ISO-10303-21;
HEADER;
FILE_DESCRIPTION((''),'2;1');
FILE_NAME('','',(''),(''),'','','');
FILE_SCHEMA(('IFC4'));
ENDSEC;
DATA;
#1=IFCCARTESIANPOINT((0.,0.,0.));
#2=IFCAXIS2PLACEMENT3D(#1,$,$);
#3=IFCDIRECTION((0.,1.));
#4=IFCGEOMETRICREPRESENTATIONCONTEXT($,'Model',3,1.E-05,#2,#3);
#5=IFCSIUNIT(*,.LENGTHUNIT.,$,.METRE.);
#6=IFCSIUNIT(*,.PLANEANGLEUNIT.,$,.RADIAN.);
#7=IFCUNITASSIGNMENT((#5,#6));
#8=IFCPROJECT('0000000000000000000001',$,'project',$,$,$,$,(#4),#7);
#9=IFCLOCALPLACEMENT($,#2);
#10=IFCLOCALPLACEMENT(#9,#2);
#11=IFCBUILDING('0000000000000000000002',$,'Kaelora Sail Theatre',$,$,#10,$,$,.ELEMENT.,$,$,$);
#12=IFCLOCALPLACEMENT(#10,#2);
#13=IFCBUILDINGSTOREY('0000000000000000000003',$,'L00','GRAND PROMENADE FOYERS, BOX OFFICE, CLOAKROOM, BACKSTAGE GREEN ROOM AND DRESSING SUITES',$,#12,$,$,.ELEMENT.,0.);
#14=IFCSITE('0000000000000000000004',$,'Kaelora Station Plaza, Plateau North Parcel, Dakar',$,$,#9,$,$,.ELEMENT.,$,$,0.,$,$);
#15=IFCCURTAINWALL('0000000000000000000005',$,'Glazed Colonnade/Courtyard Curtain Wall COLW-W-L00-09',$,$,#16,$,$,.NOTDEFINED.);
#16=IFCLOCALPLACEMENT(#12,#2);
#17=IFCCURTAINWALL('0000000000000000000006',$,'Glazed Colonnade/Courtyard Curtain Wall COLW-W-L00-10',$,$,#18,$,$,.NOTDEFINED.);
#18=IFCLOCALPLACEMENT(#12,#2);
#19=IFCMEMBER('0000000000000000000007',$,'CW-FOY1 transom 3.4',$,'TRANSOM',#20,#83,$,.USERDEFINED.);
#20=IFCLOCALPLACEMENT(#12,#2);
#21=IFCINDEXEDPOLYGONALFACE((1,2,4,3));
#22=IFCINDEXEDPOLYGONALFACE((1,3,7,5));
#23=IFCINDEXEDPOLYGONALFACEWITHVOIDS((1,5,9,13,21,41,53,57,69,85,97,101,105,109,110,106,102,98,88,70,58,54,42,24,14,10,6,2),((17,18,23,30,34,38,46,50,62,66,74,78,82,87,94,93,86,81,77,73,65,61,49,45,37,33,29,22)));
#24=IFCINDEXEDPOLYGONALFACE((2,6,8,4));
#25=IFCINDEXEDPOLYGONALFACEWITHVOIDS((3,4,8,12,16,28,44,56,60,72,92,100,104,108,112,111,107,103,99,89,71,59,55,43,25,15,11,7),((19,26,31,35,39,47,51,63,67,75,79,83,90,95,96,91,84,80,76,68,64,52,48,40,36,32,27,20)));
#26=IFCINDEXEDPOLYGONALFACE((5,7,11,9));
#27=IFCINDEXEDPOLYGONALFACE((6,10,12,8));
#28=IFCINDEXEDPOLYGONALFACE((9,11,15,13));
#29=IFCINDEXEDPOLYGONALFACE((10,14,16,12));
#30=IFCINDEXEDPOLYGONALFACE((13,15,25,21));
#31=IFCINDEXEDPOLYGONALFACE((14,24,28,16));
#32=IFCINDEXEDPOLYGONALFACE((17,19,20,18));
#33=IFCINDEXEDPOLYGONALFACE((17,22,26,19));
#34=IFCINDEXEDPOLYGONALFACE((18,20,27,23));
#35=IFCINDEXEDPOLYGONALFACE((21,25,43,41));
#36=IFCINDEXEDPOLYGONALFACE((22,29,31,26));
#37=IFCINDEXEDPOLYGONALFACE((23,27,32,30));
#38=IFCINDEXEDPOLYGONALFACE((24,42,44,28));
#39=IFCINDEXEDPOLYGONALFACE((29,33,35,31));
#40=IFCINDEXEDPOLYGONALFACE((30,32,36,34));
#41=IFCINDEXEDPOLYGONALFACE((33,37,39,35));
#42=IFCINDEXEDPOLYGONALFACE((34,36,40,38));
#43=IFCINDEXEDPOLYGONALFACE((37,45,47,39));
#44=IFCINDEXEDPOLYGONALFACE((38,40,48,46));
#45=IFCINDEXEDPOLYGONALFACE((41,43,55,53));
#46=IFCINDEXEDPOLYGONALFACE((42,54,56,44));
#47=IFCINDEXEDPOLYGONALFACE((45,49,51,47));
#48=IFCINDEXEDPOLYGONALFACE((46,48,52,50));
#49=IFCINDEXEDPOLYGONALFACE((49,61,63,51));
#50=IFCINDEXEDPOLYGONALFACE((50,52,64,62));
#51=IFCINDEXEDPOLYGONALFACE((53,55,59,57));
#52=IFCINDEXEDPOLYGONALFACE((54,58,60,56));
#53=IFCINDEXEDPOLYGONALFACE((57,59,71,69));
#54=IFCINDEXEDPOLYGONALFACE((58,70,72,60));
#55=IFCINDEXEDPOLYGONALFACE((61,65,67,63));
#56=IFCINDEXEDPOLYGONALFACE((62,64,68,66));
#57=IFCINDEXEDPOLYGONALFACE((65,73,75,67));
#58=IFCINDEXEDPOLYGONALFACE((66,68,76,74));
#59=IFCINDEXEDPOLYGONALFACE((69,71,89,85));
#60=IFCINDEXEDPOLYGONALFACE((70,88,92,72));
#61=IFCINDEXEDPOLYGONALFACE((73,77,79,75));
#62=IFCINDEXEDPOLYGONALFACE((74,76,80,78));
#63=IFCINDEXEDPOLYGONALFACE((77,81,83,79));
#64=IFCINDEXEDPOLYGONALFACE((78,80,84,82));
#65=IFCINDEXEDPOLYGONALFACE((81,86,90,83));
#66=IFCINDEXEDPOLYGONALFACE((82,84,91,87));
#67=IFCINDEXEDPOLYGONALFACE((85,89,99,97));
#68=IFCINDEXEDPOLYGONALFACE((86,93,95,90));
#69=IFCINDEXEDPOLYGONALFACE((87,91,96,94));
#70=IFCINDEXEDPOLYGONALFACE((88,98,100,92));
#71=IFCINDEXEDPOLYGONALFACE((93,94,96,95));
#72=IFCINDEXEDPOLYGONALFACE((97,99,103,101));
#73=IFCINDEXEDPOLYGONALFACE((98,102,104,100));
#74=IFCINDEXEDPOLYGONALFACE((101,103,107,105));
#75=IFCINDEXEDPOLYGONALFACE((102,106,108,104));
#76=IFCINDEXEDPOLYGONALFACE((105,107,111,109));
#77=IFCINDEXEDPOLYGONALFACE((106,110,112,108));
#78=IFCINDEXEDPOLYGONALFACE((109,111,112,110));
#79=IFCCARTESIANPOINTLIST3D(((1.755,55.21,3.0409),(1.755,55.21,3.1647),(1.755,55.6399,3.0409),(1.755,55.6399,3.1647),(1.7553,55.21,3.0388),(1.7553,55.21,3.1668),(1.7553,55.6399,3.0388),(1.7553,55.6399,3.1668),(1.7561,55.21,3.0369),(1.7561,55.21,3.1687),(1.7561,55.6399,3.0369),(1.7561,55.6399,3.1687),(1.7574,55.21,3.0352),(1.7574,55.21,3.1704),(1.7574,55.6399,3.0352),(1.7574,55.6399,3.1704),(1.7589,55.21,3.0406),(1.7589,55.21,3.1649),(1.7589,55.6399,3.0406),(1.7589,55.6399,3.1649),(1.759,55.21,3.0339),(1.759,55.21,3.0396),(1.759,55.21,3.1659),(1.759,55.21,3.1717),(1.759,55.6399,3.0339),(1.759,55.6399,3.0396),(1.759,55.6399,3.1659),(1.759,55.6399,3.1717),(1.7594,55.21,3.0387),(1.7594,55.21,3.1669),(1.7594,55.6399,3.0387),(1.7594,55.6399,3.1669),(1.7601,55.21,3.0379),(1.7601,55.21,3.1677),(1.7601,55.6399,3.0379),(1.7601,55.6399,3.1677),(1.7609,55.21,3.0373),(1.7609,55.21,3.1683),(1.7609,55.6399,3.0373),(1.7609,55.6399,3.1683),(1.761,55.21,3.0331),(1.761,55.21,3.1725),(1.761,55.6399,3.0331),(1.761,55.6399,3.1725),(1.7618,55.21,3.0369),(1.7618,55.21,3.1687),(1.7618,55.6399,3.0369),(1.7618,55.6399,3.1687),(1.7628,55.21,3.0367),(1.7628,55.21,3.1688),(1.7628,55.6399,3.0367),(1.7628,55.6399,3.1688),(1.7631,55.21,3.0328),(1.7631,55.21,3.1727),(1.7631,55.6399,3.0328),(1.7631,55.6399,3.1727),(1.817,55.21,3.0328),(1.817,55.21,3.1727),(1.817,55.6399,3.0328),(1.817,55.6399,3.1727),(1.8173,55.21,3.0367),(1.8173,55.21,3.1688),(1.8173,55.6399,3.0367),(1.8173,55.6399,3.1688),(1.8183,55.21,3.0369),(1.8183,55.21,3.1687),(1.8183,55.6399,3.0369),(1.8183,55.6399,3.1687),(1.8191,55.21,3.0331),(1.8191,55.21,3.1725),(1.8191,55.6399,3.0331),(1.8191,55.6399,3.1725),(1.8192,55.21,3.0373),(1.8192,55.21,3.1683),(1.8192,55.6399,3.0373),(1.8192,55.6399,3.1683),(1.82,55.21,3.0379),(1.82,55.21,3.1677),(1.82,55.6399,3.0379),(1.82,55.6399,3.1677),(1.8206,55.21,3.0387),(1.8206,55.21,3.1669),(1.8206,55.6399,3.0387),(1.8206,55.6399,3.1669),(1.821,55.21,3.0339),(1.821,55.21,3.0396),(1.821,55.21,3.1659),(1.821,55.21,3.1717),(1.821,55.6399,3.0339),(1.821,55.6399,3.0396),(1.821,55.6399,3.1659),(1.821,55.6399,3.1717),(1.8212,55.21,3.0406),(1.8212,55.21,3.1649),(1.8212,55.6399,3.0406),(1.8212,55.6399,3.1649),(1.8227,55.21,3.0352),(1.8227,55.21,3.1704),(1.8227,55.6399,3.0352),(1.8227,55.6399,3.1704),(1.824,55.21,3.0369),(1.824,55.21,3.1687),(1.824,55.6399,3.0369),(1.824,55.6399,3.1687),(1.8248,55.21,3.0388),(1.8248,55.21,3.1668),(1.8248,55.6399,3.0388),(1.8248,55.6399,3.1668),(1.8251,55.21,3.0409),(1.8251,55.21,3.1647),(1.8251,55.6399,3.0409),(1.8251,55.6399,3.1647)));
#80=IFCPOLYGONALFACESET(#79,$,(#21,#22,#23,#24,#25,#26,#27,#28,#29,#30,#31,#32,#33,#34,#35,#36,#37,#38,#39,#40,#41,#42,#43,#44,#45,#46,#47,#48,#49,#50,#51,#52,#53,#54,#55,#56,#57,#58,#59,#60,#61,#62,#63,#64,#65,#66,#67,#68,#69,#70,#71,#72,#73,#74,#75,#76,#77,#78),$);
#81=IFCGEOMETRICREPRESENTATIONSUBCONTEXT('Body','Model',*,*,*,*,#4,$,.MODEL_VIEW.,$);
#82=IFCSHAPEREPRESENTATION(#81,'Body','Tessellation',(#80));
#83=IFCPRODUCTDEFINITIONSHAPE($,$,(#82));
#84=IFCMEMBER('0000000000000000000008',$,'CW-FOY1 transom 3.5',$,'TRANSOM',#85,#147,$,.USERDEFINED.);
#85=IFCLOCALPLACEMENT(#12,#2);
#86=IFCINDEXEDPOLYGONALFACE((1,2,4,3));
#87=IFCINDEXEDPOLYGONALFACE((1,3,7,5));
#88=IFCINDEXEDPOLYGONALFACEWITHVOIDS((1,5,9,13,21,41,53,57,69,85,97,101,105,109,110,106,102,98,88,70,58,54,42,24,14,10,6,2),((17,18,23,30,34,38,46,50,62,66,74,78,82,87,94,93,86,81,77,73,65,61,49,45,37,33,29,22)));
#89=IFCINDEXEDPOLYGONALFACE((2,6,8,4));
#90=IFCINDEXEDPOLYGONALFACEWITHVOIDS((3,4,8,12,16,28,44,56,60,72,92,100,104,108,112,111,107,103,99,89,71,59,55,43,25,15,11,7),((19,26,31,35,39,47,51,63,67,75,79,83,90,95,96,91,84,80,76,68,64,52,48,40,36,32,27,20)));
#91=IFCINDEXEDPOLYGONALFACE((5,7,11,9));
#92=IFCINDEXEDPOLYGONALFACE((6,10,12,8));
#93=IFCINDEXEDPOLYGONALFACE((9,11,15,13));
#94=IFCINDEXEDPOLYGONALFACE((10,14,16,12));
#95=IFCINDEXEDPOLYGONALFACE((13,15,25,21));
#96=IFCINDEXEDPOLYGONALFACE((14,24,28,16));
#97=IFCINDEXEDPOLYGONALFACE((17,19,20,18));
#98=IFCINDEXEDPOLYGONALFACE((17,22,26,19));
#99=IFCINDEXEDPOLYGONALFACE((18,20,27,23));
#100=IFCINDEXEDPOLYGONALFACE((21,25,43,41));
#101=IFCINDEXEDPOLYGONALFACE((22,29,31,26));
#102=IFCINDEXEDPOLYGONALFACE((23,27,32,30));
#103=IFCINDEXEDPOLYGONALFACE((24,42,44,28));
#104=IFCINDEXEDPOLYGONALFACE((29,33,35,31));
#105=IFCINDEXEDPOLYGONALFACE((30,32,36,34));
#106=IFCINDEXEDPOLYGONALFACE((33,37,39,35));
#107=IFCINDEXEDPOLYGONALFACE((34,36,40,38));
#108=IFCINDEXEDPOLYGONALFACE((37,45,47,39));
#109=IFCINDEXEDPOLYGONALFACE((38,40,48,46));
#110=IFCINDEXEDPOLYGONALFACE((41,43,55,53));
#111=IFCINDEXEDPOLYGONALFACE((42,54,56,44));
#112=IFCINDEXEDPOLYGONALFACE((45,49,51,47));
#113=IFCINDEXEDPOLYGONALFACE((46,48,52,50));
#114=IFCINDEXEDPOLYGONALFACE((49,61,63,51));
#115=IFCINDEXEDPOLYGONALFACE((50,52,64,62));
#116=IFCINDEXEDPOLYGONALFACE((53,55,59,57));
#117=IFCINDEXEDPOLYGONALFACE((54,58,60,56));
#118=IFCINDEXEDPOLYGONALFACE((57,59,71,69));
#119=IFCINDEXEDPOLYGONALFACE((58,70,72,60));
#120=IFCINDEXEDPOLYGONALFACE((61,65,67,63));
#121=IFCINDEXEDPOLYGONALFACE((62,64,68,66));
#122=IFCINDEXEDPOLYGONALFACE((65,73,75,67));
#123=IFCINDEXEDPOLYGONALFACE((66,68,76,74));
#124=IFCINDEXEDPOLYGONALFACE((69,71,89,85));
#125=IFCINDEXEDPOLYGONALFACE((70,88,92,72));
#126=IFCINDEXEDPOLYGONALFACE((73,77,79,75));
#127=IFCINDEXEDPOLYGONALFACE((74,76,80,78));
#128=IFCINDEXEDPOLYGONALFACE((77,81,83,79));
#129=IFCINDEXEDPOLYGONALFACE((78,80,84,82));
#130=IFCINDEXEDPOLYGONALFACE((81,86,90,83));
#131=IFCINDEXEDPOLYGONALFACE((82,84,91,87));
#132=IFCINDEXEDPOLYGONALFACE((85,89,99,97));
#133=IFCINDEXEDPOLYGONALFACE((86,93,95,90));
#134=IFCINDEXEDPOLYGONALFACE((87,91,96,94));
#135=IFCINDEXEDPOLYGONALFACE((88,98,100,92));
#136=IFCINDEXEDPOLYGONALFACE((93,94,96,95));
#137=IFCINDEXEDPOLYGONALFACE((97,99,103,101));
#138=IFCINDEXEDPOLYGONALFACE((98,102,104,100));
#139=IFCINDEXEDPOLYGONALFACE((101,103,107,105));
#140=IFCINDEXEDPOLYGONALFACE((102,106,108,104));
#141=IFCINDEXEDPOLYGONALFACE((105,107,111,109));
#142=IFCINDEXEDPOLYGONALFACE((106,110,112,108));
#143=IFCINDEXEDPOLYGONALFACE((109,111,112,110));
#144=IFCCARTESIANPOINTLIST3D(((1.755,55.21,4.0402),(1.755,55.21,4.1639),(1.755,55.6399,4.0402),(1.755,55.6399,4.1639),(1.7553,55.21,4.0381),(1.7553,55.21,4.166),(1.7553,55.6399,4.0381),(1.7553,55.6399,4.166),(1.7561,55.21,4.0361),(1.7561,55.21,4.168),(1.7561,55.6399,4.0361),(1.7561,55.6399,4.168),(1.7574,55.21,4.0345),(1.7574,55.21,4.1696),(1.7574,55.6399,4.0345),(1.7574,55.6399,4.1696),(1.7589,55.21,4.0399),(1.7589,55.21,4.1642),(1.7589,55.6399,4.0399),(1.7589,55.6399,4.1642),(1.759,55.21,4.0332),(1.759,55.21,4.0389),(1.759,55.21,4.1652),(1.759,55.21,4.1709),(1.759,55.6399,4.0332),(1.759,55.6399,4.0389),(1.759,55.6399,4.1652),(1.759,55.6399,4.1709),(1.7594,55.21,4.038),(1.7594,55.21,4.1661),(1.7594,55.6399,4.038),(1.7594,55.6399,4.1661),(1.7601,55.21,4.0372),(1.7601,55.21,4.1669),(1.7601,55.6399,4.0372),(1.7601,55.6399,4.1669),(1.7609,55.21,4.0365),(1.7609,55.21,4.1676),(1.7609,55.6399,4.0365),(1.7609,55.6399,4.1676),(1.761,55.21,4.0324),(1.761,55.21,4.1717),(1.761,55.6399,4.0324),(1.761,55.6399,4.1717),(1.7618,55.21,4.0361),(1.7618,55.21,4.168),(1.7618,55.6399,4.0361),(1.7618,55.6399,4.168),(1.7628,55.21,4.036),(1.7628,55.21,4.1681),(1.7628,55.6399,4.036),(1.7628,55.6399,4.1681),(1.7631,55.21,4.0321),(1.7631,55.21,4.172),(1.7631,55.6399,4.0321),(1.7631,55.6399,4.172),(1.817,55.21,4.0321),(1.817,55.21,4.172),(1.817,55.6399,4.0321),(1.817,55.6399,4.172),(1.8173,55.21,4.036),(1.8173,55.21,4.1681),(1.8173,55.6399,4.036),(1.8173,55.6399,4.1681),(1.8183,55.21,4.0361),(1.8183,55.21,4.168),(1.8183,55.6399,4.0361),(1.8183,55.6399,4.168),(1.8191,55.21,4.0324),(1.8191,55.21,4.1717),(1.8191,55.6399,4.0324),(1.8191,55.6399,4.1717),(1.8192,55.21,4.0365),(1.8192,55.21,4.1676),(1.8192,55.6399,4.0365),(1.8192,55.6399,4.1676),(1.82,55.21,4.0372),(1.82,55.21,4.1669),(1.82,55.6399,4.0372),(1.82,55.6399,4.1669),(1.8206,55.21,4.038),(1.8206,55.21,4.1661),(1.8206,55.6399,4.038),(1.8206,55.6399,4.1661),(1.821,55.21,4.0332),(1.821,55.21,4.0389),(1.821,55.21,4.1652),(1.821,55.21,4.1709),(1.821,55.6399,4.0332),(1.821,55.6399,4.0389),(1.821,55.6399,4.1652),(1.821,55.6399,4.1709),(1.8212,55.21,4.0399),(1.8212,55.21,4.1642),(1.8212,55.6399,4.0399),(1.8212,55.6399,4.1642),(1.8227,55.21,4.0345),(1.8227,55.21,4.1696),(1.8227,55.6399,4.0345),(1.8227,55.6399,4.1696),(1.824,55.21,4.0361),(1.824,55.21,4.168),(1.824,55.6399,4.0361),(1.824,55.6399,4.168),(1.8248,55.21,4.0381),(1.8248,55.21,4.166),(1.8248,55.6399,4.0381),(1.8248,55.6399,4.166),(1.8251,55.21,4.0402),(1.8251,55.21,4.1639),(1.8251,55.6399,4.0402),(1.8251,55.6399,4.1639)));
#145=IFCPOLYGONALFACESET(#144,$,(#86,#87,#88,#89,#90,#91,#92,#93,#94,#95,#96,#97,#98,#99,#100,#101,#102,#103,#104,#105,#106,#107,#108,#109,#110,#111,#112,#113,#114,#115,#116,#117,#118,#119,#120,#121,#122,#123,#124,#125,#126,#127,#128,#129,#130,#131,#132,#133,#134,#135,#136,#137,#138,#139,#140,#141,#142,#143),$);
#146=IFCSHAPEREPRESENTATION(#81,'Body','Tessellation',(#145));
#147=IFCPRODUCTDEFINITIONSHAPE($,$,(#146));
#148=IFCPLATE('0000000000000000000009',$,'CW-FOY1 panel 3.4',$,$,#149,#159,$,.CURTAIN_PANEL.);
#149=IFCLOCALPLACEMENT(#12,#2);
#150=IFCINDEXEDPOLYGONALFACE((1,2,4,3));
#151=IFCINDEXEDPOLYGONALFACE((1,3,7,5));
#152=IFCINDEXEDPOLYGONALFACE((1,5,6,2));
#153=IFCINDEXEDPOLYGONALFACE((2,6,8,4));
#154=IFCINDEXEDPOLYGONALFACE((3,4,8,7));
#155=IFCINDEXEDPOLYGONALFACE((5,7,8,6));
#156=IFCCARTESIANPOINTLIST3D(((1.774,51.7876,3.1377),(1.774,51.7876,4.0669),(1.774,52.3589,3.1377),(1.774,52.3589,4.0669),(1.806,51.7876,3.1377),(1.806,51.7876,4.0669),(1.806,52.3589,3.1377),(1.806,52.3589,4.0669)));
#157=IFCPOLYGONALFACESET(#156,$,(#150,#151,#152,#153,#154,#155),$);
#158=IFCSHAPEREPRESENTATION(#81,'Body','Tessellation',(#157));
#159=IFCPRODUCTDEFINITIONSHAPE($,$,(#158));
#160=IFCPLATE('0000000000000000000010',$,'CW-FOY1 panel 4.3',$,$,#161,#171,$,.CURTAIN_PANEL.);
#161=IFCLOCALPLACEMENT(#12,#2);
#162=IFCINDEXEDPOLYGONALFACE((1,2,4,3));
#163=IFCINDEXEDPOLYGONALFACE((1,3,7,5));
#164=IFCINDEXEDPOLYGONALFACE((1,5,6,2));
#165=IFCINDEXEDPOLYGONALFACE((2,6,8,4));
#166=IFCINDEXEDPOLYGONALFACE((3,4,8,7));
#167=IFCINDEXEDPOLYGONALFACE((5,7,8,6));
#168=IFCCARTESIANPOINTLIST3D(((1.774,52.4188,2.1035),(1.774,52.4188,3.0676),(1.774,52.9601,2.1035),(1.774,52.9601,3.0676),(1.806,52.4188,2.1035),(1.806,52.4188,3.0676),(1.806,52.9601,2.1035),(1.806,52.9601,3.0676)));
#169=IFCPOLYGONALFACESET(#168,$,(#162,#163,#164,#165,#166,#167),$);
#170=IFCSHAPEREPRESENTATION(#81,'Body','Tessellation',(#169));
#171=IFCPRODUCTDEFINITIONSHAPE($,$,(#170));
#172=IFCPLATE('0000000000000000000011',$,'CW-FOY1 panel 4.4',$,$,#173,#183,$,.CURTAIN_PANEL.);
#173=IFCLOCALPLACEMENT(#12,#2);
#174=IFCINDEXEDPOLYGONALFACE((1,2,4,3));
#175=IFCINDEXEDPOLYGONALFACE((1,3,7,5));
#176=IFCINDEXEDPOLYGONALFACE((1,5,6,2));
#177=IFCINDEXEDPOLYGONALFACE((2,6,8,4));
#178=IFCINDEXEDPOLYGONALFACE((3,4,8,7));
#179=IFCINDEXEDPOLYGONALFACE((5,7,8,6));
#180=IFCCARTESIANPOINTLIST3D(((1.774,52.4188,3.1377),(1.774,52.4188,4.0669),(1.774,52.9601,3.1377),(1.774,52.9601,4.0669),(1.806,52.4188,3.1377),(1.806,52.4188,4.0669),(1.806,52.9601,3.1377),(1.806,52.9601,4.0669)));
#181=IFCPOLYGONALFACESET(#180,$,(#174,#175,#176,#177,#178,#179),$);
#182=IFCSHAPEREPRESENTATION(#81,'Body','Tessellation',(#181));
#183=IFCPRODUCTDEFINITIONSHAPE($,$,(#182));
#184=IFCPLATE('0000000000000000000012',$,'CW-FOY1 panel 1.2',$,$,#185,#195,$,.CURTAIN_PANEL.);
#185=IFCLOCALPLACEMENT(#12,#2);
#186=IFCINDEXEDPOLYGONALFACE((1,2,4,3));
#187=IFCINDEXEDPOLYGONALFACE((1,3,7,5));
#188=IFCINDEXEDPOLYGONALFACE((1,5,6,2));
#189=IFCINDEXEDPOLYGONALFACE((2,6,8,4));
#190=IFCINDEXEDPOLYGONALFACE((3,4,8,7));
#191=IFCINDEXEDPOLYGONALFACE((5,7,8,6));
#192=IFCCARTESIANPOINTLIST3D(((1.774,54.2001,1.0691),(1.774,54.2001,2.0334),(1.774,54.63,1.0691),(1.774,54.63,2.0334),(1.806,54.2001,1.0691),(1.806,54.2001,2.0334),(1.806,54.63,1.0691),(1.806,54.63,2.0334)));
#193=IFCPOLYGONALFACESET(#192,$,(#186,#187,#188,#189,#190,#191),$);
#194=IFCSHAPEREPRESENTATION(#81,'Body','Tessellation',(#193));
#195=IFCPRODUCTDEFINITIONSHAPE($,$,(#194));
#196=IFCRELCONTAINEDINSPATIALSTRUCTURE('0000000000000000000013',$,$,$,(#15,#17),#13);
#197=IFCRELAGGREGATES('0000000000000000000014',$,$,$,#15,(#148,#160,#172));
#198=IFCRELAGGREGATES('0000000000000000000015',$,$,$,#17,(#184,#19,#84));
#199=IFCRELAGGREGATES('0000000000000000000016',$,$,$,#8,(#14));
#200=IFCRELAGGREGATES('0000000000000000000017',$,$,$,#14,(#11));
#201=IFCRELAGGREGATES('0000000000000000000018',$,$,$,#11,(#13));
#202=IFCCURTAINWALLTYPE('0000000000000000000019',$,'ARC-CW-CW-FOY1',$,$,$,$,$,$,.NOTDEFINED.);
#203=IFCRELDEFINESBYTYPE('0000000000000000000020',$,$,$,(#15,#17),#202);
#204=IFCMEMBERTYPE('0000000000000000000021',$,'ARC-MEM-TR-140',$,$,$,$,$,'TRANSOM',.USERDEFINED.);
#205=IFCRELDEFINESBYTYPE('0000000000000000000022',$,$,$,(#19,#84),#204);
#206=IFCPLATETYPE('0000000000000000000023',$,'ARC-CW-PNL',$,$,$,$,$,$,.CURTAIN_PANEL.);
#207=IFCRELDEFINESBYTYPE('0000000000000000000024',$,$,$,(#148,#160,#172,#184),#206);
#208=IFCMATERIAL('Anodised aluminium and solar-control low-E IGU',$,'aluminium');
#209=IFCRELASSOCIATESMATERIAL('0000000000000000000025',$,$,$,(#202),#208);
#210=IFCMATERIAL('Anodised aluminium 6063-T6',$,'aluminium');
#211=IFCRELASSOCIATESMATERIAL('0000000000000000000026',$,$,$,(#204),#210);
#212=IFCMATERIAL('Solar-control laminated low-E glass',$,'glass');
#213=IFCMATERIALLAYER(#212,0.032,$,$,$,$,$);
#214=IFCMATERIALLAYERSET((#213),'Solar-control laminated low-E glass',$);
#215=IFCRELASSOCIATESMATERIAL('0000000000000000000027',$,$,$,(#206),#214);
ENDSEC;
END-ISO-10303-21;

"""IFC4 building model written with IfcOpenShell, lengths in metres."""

from ifc_helpers import new_model, si_unit, direction, frame, origin, origin_2d, place, context, subcontext, project, spatial, rectangle, hollow_rectangle, extrude, material, layer, layer_set, material_profile, profile_set, type_object, element, aggregate, save


model = new_model("IFC4")

# Units and contexts
model_context = context("Model", 3, precision=1e-05, world=origin(), true_north=direction((0.0, 1.0)))
body_context = subcontext(model_context, "Body", "Model", "MODEL_VIEW")
ifc_project = project(units=[si_unit("LENGTHUNIT", "METRE"), si_unit("PLANEANGLEUNIT", "RADIAN")], contexts=[model_context])

# Site, building, storey
site_placement = place(None, origin())
site = spatial("IfcSite", under=ifc_project, at=site_placement, Name="Kaelora Station Plaza, Plateau North Parcel, Dakar", CompositionType="ELEMENT", RefElevation=0.0)
building_placement = place(site_placement, origin())
building = spatial("IfcBuilding", under=site, at=building_placement, Name="Kaelora Sail Theatre", CompositionType="ELEMENT")
storey_placement = place(building_placement, origin())
storey = spatial("IfcBuildingStorey", under=building, at=storey_placement, Name="L00", Description="GRAND PROMENADE FOYERS, BOX OFFICE, CLOAKROOM, BACKSTAGE GREEN ROOM AND DRESSING SUITES", CompositionType="ELEMENT", Elevation=0.0)

# Curtain walls, members
ifc_material_1 = material(Name="Anodised aluminium and solar-control low-E IGU", Category="aluminium")
curtain_wall_type = type_object("IfcCurtainWallType", Name="ARC-CW-CW-FOY1", PredefinedType="NOTDEFINED", material=ifc_material_1)
curtain_wall_1_placement = place(storey_placement, origin())
curtain_wall_1 = element("IfcCurtainWall", 1, at=curtain_wall_1_placement, inside=storey, type_object=curtain_wall_type, Name="Glazed Colonnade/Courtyard Curtain Wall COLW-W-L00-09", PredefinedType="NOTDEFINED")
ifc_material_2 = material(Name="Anodised aluminium 6063-T6", Category="aluminium")
ifc_material_profile = material_profile(ifc_material_2, hollow_rectangle(XDim=0.0701, YDim=0.1399, WallThickness=0.0039, InnerFilletRadius=0.0039, OuterFilletRadius=0.0081, at=origin_2d()), Name="ALU-TRAN 70x140x4")
ifc_profile_set = profile_set([ifc_material_profile], Name="Anodised aluminium 6063-T6")
member_type = type_object("IfcMemberType", Name="ARC-MEM-TR-140", ElementType="TRANSOM", PredefinedType="USERDEFINED", material=ifc_profile_set)
curtain_wall_2_placement = place(storey_placement, origin())
curtain_wall_2 = element("IfcCurtainWall", 2, at=curtain_wall_2_placement, inside=storey, type_object=curtain_wall_type, Name="Glazed Colonnade/Courtyard Curtain Wall COLW-W-L00-10", PredefinedType="NOTDEFINED")
member_1_placement = place(storey_placement, frame((1.79, 55.21, 3.1028), z_axis=(0.0, 1.0, 0.0), x_axis=(-1.0, 0.0, 0.0)))
member_1 = element("IfcMember", 3, at=member_1_placement, type_object=member_type, Name="CW-FOY1 transom 3.4", ObjectType="TRANSOM", PredefinedType="USERDEFINED", context=body_context, shape_type="SweptSolid", body=[
    extrude(hollow_rectangle(XDim=0.0701, YDim=0.1399, WallThickness=0.0039, InnerFilletRadius=0.0039, OuterFilletRadius=0.0081, at=origin_2d()), origin(), (0.0, 0.0, 1.0), 0.4299),
])
member_2_placement = place(storey_placement, frame((1.79, 55.21, 4.1021), z_axis=(0.0, 1.0, 0.0), x_axis=(-1.0, 0.0, 0.0)))
member_2 = element("IfcMember", 4, at=member_2_placement, type_object=member_type, Name="CW-FOY1 transom 3.5", ObjectType="TRANSOM", PredefinedType="USERDEFINED", context=body_context, shape_type="SweptSolid", body=[
    extrude(hollow_rectangle(XDim=0.0701, YDim=0.1399, WallThickness=0.0039, InnerFilletRadius=0.0039, OuterFilletRadius=0.0081, at=origin_2d()), origin(), (0.0, 0.0, 1.0), 0.4299),
])

# Plates
ifc_material_3 = material(Name="Solar-control laminated low-E glass", Category="glass")
ifc_layer = layer(ifc_material_3, 0.032)
ifc_layer_set = layer_set([ifc_layer], Name="Solar-control laminated low-E glass")
plate_type = type_object("IfcPlateType", Name="ARC-CW-PNL", PredefinedType="CURTAIN_PANEL", material=ifc_layer_set)
plate_1_placement = place(storey_placement, frame((1.79, 52.0732, 3.1377), z_axis=(0.0, 0.0, 1.0), x_axis=(0.0, 1.0, 0.0)))
plate_1 = element("IfcPlate", 5, at=plate_1_placement, type_object=plate_type, Name="CW-FOY1 panel 3.4", PredefinedType="CURTAIN_PANEL", context=body_context, shape_type="SweptSolid", body=[
    extrude(rectangle(XDim=0.5713, YDim=0.032, at=origin_2d()), origin(), (0.0, 0.0, 1.0), 0.9292),
])
plate_2_placement = place(storey_placement, frame((1.79, 52.6895, 2.1035), z_axis=(0.0, 0.0, 1.0), x_axis=(0.0, 1.0, 0.0)))
plate_2 = element("IfcPlate", 6, at=plate_2_placement, type_object=plate_type, Name="CW-FOY1 panel 4.3", PredefinedType="CURTAIN_PANEL", context=body_context, shape_type="SweptSolid", body=[
    extrude(rectangle(XDim=0.5413, YDim=0.032, at=origin_2d()), origin(), (0.0, 0.0, 1.0), 0.9641),
])
plate_3_placement = place(storey_placement, frame((1.79, 52.6895, 3.1377), z_axis=(0.0, 0.0, 1.0), x_axis=(0.0, 1.0, 0.0)))
plate_3 = element("IfcPlate", 7, at=plate_3_placement, type_object=plate_type, Name="CW-FOY1 panel 4.4", PredefinedType="CURTAIN_PANEL", context=body_context, shape_type="SweptSolid", body=[
    extrude(rectangle(XDim=0.5413, YDim=0.032, at=origin_2d()), origin(), (0.0, 0.0, 1.0), 0.9292),
])
aggregate(curtain_wall_1, [plate_1, plate_2, plate_3])
plate_4_placement = place(storey_placement, frame((1.79, 54.415, 1.0691), z_axis=(0.0, 0.0, 1.0), x_axis=(0.0, 1.0, 0.0)))
plate_4 = element("IfcPlate", 8, at=plate_4_placement, type_object=plate_type, Name="CW-FOY1 panel 1.2", PredefinedType="CURTAIN_PANEL", context=body_context, shape_type="SweptSolid", body=[
    extrude(rectangle(XDim=0.4299, YDim=0.032, at=origin_2d()), origin(), (0.0, 0.0, 1.0), 0.9644),
])
aggregate(curtain_wall_2, [plate_4, member_1, member_2])

save(model, "model.ifc")
